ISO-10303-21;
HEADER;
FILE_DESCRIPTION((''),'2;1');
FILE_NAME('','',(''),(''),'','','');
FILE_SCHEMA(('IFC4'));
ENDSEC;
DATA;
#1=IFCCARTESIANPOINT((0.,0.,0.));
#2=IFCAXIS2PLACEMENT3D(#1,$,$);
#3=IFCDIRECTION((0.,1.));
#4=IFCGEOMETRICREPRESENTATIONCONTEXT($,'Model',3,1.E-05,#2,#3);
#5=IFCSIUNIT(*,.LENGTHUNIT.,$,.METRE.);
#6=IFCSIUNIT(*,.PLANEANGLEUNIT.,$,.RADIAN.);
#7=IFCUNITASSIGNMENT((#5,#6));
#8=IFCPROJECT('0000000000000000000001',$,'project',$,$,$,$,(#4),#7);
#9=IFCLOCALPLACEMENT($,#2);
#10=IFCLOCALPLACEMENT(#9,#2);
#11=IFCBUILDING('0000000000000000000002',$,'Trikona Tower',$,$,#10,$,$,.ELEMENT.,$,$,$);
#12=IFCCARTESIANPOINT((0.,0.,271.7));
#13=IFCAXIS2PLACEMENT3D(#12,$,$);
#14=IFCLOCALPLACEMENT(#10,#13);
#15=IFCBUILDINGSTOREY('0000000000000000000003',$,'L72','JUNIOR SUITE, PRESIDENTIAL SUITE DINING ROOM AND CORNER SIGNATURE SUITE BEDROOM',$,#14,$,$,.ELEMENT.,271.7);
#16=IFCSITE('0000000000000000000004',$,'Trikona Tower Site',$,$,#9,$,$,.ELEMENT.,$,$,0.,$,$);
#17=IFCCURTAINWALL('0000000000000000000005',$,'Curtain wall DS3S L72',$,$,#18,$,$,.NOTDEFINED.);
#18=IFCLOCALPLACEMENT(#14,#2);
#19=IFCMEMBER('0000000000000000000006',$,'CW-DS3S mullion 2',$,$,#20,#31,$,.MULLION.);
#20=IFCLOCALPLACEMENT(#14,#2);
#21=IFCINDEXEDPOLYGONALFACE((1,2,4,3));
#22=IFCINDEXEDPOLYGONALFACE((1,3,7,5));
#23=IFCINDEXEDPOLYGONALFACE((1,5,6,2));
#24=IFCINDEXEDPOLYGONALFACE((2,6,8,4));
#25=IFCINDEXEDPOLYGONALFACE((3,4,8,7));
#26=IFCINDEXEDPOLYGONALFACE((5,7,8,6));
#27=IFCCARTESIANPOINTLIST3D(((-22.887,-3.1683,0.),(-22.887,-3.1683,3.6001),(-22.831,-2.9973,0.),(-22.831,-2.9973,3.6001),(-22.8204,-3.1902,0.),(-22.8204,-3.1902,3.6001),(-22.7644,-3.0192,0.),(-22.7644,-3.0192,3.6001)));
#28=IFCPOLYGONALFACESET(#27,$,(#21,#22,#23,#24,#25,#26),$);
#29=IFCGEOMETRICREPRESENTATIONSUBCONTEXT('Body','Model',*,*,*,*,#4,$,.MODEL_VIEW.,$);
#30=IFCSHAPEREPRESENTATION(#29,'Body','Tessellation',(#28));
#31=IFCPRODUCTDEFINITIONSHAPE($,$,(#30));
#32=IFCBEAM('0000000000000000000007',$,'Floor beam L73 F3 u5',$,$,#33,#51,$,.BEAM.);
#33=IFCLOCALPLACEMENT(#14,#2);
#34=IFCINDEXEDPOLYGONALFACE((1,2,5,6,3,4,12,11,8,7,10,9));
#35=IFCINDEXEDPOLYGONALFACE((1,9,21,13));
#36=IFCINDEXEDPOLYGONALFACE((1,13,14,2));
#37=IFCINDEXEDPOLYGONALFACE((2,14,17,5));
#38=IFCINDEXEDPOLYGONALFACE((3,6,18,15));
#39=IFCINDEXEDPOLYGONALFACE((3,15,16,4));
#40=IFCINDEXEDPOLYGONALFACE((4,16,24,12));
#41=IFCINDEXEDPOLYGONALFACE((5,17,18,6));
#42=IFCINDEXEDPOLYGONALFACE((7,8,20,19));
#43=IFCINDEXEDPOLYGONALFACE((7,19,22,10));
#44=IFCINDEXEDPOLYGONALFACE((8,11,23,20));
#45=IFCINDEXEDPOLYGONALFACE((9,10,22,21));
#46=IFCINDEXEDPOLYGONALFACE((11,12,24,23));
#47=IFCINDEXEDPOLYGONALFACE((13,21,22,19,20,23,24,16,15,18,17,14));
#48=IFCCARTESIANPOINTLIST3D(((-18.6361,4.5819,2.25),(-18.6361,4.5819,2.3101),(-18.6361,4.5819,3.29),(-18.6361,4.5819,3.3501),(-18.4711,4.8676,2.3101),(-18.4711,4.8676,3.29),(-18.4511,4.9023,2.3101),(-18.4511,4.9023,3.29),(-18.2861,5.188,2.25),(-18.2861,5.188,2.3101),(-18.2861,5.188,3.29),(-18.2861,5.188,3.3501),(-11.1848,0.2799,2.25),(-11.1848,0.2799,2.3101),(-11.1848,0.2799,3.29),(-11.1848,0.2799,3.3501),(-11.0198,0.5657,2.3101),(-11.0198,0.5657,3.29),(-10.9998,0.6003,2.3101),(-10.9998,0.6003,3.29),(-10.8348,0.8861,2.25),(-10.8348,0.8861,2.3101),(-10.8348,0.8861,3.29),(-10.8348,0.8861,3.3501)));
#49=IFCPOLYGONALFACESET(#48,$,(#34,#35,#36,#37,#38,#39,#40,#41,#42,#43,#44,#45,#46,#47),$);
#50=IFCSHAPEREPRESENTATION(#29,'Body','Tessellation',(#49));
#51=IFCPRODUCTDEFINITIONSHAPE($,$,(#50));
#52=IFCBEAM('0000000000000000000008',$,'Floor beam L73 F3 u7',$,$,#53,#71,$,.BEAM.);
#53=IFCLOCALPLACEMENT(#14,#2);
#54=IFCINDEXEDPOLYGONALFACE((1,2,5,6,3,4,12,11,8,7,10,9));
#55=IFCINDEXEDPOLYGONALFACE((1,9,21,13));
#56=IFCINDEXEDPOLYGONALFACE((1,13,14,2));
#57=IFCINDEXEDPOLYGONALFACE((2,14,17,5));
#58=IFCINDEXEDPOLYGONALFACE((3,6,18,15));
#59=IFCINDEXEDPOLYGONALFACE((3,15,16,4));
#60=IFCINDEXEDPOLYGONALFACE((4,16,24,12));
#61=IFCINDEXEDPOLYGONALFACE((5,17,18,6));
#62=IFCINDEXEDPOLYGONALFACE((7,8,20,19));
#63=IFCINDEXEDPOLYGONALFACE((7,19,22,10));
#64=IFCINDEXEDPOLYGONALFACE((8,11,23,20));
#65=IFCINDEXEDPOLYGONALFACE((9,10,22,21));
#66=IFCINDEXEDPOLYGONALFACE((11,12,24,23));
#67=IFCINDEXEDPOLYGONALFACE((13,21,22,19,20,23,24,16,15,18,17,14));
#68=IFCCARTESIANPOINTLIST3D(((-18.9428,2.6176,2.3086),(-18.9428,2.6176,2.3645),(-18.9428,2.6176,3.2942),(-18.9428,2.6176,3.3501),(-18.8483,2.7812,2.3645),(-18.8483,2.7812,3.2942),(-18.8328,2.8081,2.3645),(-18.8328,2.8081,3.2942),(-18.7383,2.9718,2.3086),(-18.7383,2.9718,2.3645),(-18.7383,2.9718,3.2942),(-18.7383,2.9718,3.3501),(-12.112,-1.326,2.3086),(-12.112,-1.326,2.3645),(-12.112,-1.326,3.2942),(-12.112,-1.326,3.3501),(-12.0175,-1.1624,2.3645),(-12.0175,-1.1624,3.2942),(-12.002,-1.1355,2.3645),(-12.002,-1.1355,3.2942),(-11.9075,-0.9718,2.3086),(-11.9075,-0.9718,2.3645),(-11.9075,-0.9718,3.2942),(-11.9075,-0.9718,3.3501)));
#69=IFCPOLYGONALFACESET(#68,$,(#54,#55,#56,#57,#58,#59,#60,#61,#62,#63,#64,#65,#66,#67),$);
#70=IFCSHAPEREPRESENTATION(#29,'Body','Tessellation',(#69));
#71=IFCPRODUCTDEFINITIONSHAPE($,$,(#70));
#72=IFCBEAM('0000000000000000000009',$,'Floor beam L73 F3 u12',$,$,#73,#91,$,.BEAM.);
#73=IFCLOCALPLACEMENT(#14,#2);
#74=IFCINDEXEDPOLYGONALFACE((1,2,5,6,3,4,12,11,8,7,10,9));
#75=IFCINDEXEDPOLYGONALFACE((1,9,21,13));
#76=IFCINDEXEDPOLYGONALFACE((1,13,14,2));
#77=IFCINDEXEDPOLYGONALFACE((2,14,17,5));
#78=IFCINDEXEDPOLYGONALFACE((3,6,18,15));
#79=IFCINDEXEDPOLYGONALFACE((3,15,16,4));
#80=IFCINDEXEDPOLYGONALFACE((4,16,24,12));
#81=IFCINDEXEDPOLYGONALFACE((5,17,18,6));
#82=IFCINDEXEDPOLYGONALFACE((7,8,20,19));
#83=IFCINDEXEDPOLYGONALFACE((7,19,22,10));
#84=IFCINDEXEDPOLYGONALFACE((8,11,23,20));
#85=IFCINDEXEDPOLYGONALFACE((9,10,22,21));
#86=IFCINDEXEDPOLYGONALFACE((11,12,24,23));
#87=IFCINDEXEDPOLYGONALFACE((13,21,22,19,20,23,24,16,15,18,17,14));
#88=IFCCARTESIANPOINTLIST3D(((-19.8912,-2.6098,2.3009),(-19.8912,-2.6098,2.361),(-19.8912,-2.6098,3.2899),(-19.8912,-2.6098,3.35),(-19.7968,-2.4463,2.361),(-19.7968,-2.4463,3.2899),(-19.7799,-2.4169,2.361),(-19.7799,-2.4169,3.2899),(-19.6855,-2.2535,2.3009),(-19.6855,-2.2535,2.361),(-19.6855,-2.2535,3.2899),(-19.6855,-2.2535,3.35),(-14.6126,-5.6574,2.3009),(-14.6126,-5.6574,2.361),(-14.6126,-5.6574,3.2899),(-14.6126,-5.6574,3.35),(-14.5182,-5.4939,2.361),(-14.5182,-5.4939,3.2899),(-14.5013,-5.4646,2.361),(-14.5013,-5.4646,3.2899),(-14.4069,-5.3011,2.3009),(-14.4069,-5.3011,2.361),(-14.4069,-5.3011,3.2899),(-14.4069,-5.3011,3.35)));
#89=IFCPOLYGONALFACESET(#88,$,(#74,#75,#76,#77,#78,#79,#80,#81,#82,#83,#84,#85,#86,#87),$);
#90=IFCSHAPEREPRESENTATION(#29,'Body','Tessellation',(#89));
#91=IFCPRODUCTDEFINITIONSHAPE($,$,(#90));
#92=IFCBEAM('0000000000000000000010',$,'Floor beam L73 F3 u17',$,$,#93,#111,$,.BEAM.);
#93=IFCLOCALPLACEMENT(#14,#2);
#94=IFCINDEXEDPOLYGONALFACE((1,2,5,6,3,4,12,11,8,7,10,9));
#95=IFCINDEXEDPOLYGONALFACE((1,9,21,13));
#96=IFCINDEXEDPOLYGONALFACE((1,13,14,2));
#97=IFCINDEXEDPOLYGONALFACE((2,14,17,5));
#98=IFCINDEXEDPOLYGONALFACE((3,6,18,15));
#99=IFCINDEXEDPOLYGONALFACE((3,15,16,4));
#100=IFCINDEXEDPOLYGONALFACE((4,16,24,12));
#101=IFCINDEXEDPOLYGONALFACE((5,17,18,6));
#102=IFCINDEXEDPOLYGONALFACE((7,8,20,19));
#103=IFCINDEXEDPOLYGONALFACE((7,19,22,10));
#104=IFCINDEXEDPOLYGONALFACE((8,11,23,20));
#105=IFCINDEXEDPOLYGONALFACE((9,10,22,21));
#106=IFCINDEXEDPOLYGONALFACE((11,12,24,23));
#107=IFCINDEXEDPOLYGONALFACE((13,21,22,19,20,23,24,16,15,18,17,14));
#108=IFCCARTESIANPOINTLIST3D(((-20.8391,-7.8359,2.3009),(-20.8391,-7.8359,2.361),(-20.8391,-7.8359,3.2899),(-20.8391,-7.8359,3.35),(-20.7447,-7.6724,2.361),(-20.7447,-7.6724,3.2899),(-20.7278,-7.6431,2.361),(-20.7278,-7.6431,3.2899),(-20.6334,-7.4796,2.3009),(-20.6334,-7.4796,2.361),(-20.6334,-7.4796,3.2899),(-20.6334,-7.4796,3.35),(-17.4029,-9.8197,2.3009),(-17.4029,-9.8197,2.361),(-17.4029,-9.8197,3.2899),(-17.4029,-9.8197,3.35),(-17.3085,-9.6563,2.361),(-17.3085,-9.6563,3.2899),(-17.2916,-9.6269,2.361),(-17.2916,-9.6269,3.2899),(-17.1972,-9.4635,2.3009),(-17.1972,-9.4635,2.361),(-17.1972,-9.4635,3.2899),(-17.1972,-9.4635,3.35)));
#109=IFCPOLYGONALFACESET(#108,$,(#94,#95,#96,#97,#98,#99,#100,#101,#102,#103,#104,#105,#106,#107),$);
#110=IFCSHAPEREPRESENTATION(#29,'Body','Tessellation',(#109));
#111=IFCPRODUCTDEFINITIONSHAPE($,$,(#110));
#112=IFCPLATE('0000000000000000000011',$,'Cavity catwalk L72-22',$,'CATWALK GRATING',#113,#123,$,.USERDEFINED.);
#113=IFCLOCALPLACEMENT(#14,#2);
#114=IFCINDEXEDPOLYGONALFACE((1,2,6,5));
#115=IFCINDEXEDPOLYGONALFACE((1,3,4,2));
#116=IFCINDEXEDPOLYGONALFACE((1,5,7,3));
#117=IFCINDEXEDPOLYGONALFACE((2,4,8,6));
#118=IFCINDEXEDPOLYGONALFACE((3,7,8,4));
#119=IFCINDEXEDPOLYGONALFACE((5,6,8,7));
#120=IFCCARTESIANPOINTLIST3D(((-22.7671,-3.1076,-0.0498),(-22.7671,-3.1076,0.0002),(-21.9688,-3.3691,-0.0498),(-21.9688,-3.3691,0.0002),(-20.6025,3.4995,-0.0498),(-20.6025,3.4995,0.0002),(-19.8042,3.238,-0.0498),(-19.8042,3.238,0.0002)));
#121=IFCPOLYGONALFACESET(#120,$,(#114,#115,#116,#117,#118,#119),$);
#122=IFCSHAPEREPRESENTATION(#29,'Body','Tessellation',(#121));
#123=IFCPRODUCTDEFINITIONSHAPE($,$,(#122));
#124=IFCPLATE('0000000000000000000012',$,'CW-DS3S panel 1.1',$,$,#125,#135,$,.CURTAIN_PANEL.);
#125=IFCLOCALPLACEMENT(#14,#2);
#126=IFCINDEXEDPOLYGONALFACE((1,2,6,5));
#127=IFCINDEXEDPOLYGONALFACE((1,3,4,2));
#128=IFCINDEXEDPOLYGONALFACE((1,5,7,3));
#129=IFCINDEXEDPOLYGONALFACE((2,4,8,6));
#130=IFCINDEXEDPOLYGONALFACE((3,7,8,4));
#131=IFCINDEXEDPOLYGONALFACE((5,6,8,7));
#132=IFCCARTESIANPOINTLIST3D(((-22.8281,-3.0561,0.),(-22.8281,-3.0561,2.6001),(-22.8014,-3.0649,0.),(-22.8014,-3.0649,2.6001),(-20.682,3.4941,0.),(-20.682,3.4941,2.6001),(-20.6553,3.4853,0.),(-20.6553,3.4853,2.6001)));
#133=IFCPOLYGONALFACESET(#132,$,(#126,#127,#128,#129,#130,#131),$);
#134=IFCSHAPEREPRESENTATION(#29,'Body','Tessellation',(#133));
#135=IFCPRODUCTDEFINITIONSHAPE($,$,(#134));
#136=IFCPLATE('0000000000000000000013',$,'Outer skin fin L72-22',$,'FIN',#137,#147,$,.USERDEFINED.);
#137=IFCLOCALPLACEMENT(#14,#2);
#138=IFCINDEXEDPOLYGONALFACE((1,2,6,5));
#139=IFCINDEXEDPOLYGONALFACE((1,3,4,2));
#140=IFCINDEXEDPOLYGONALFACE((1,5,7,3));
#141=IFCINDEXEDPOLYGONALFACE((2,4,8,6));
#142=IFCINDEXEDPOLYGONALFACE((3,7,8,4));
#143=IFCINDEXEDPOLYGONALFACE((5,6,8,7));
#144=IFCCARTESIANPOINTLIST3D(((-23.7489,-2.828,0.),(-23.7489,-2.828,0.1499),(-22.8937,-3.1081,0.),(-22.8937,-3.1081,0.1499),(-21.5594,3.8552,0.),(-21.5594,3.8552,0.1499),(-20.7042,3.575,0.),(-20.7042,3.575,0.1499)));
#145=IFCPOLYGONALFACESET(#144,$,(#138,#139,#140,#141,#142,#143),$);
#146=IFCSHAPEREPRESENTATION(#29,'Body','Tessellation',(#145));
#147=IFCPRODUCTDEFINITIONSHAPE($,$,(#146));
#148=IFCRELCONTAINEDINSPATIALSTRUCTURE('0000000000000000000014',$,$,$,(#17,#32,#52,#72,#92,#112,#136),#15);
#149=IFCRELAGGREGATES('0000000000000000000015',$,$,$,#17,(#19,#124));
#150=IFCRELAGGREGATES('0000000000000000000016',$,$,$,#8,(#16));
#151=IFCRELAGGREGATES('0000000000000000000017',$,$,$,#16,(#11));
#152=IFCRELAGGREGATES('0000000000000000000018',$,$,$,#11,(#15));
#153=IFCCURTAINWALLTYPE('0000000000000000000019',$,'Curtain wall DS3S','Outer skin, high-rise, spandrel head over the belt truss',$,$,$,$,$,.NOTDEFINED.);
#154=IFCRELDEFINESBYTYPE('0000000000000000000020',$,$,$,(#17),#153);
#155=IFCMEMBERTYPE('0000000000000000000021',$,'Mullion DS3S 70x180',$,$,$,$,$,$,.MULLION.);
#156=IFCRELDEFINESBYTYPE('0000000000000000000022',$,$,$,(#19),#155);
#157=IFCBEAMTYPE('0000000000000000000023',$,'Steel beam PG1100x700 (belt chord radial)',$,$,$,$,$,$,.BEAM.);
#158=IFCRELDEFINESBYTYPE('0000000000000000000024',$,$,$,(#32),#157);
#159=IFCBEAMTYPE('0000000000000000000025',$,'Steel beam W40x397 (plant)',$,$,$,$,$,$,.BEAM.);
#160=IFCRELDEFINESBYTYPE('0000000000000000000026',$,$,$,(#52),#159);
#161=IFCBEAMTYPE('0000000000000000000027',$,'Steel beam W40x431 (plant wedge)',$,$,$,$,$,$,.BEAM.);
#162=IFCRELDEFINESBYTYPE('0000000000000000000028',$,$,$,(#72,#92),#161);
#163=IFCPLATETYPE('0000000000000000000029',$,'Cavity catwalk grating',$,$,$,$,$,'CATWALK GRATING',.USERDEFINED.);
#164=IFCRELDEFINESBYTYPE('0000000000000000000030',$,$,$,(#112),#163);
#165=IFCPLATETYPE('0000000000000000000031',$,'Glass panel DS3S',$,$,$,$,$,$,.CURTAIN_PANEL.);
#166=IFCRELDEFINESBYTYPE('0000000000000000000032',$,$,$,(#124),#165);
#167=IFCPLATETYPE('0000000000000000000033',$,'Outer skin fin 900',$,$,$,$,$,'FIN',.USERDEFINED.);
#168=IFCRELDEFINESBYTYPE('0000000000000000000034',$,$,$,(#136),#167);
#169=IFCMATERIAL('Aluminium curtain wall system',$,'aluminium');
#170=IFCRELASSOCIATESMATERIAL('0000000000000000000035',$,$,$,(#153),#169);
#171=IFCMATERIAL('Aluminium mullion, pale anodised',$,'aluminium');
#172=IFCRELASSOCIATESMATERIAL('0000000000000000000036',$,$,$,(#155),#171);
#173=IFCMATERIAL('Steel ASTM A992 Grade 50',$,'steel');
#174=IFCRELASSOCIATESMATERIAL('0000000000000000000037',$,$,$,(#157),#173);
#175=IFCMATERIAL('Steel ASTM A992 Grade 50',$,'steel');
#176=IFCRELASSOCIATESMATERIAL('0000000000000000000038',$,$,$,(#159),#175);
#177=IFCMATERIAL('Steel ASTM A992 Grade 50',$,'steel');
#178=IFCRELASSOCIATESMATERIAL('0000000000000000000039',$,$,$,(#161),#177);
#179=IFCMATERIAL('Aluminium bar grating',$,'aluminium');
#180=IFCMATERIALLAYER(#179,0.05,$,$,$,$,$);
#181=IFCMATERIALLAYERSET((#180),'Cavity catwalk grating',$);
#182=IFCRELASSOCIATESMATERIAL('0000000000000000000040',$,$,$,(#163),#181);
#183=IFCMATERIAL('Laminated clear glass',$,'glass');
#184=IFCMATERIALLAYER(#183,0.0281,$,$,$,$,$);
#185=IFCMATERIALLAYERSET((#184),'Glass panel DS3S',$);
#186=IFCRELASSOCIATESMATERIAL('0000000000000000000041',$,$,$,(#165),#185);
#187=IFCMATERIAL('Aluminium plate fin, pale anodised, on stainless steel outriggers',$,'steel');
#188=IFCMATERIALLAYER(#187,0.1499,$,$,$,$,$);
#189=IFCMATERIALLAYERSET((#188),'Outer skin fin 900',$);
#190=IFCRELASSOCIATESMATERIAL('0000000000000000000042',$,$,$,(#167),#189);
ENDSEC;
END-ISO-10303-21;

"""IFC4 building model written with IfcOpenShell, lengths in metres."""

from ifc_helpers import new_model, si_unit, direction, frame, origin, origin_2d, place, context, subcontext, project, spatial, rectangle, i_section, extrude, material, layer, layer_set, material_profile, profile_set, type_object, element, aggregate, save


model = new_model("IFC4")

# Units and contexts
model_context = context("Model", 3, precision=1e-05, world=origin(), true_north=direction((0.0, 1.0)))
body_context = subcontext(model_context, "Body", "Model", "MODEL_VIEW")
ifc_project = project(units=[si_unit("LENGTHUNIT", "METRE"), si_unit("PLANEANGLEUNIT", "RADIAN")], contexts=[model_context])

# Site, building, storey
site_placement = place(None, origin())
site = spatial("IfcSite", under=ifc_project, at=site_placement, Name="Trikona Tower Site", CompositionType="ELEMENT", RefElevation=0.0)
building_placement = place(site_placement, origin())
building = spatial("IfcBuilding", under=site, at=building_placement, Name="Trikona Tower", CompositionType="ELEMENT")
storey_placement = place(building_placement, frame((0.0, 0.0, 271.7)))
storey = spatial("IfcBuildingStorey", under=building, at=storey_placement, Name="L72", Description="JUNIOR SUITE, PRESIDENTIAL SUITE DINING ROOM AND CORNER SIGNATURE SUITE BEDROOM", CompositionType="ELEMENT", Elevation=271.7)

# Curtain wall, member
ifc_material_1 = material(Name="Aluminium curtain wall system", Category="aluminium")
curtain_wall_type = type_object("IfcCurtainWallType", Name="Curtain wall DS3S", Description="Outer skin, high-rise, spandrel head over the belt truss", PredefinedType="NOTDEFINED", material=ifc_material_1)
curtain_wall_placement = place(storey_placement, origin())
curtain_wall = element("IfcCurtainWall", 1, at=curtain_wall_placement, inside=storey, type_object=curtain_wall_type, Name="Curtain wall DS3S L72", PredefinedType="NOTDEFINED")
ifc_material_2 = material(Name="Aluminium mullion, pale anodised", Category="aluminium")
ifc_material_profile_1 = material_profile(ifc_material_2, rectangle(XDim=0.0701, YDim=0.1799, at=origin_2d()), Name="MUL-DS3S")
ifc_profile_set_1 = profile_set([ifc_material_profile_1], Name="Aluminium mullion, pale anodised")
member_type = type_object("IfcMemberType", Name="Mullion DS3S 70x180", PredefinedType="MULLION", material=ifc_profile_set_1)
member_placement = place(storey_placement, frame((-22.8257, -3.0938, 0.0), z_axis=(0.0, 0.0, 1.0), x_axis=(0.950297, -0.311344, 0.0)))
member = element("IfcMember", 2, at=member_placement, type_object=member_type, Name="CW-DS3S mullion 2", PredefinedType="MULLION", context=body_context, shape_type="SweptSolid", body=[
    extrude(rectangle(XDim=0.0701, YDim=0.1799, at=origin_2d()), origin(), (0.0, 0.0, 1.0), 3.6001),
])

# Beams
ifc_material_3 = material(Name="Steel ASTM A992 Grade 50", Category="steel")
ifc_material_profile_2 = material_profile(ifc_material_3, i_section(OverallWidth=0.7, OverallDepth=1.1001, WebThickness=0.04, FlangeThickness=0.0601, at=origin_2d()), Name="PG1100X700")
ifc_profile_set_2 = profile_set([ifc_material_profile_2], Name="Steel ASTM A992 Grade 50")
beam_type_1 = type_object("IfcBeamType", Name="Steel beam PG1100x700 (belt chord radial)", PredefinedType="BEAM", material=ifc_profile_set_2)
beam_1_placement = place(storey_placement, frame((-11.0098, 0.583, 2.8), z_axis=(-0.866029, 0.499993, 0.0), x_axis=(-0.499993, -0.866029, 0.0)))
element("IfcBeam", 3, at=beam_1_placement, inside=storey, type_object=beam_type_1, Name="Floor beam L73 F3 u5", PredefinedType="BEAM", context=body_context, shape_type="SweptSolid", body=[
    extrude(i_section(OverallWidth=0.7, OverallDepth=1.1001, WebThickness=0.04, FlangeThickness=0.0601, at=origin_2d()), origin(), (0.0, 0.0, 1.0), 8.604),
])
ifc_material_4 = material(Name="Steel ASTM A992 Grade 50", Category="steel")
ifc_material_profile_3 = material_profile(ifc_material_4, i_section(OverallWidth=0.4089, OverallDepth=1.0415, WebThickness=0.031, FlangeThickness=0.0559, at=origin_2d()), Name="W40X397")
ifc_profile_set_3 = profile_set([ifc_material_profile_3], Name="Steel ASTM A992 Grade 50")
beam_type_2 = type_object("IfcBeamType", Name="Steel beam W40x397 (plant)", PredefinedType="BEAM", material=ifc_profile_set_3)
beam_2_placement = place(storey_placement, frame((-12.0098, -1.1489, 2.8293), z_axis=(-0.866035, 0.499984, 0.0), x_axis=(-0.499984, -0.866035, 0.0)))
element("IfcBeam", 4, at=beam_2_placement, inside=storey, type_object=beam_type_2, Name="Floor beam L73 F3 u7", PredefinedType="BEAM", context=body_context, shape_type="SweptSolid", body=[
    extrude(i_section(OverallWidth=0.4089, OverallDepth=1.0415, WebThickness=0.031, FlangeThickness=0.0559, at=origin_2d()), origin(), (0.0, 0.0, 1.0), 7.8875),
])
ifc_material_5 = material(Name="Steel ASTM A992 Grade 50", Category="steel")
ifc_material_profile_4 = material_profile(ifc_material_5, i_section(OverallWidth=0.4114, OverallDepth=1.0491, WebThickness=0.0339, FlangeThickness=0.0601, at=origin_2d()), Name="W40X431")
ifc_profile_set_4 = profile_set([ifc_material_profile_4], Name="Steel ASTM A992 Grade 50")
beam_type_3 = type_object("IfcBeamType", Name="Steel beam W40x431 (plant wedge)", PredefinedType="BEAM", material=ifc_profile_set_4)
beam_3_placement = place(storey_placement, frame((-14.5098, -5.4792, 2.8254), z_axis=(-0.866023, 0.500003, 0.0), x_axis=(-0.500003, -0.866023, 0.0)))
element("IfcBeam", 5, at=beam_3_placement, inside=storey, type_object=beam_type_3, Name="Floor beam L73 F3 u12", PredefinedType="BEAM", context=body_context, shape_type="SweptSolid", body=[
    extrude(i_section(OverallWidth=0.4114, OverallDepth=1.0491, WebThickness=0.0339, FlangeThickness=0.0601, at=origin_2d()), origin(), (0.0, 0.0, 1.0), 6.0952),
])
beam_4_placement = place(storey_placement, frame((-17.3, -9.6416, 2.8254), z_axis=(-0.866031, 0.499991, 0.0), x_axis=(-0.499991, -0.866031, 0.0)))
element("IfcBeam", 6, at=beam_4_placement, inside=storey, type_object=beam_type_3, Name="Floor beam L73 F3 u17", PredefinedType="BEAM", context=body_context, shape_type="SweptSolid", body=[
    extrude(i_section(OverallWidth=0.4114, OverallDepth=1.0491, WebThickness=0.0339, FlangeThickness=0.0601, at=origin_2d()), origin(), (0.0, 0.0, 1.0), 3.9678),
])

# Plates
ifc_material_6 = material(Name="Aluminium bar grating", Category="aluminium")
ifc_layer_1 = layer(ifc_material_6, 0.05)
ifc_layer_set_1 = layer_set([ifc_layer_1], Name="Cavity catwalk grating")
plate_type_1 = type_object("IfcPlateType", Name="Cavity catwalk grating", ElementType="CATWALK GRATING", PredefinedType="USERDEFINED", material=ifc_layer_set_1)
plate_1_placement = place(storey_placement, frame((-21.2856, 0.0652, -0.0498), z_axis=(0.0, 0.0, 1.0), x_axis=(-0.311337, -0.9503, 0.0)))
element("IfcPlate", 7, at=plate_1_placement, inside=storey, type_object=plate_type_1, Name="Cavity catwalk L72-22", ObjectType="CATWALK GRATING", PredefinedType="USERDEFINED", context=body_context, shape_type="SweptSolid", body=[
    extrude(rectangle(XDim=6.9526, YDim=0.8401, at=origin_2d()), origin(), (0.0, 0.0, 1.0), 0.05),
])
ifc_material_7 = material(Name="Laminated clear glass", Category="glass")
ifc_layer_2 = layer(ifc_material_7, 0.0281)
ifc_layer_set_2 = layer_set([ifc_layer_2], Name="Glass panel DS3S")
plate_type_2 = type_object("IfcPlateType", Name="Glass panel DS3S", PredefinedType="CURTAIN_PANEL", material=ifc_layer_set_2)
plate_2_placement = place(storey_placement, frame((-21.7417, 0.2146, 0.0), z_axis=(0.0, 0.0, 1.0), x_axis=(-0.311344, -0.950297, 0.0)))
plate_2 = element("IfcPlate", 8, at=plate_2_placement, type_object=plate_type_2, Name="CW-DS3S panel 1.1", PredefinedType="CURTAIN_PANEL", context=body_context, shape_type="SweptSolid", body=[
    extrude(rectangle(XDim=6.8928, YDim=0.0281, at=origin_2d()), origin(), (0.0, 0.0, 1.0), 2.6001),
])
aggregate(curtain_wall, [member, plate_2])
ifc_material_8 = material(Name="Aluminium plate fin, pale anodised, on stainless steel outriggers", Category="steel")
ifc_layer_3 = layer(ifc_material_8, 0.1499)
ifc_layer_set_3 = layer_set([ifc_layer_3], Name="Outer skin fin 900")
plate_type_3 = type_object("IfcPlateType", Name="Outer skin fin 900", ElementType="FIN", PredefinedType="USERDEFINED", material=ifc_layer_set_3)
plate_3_placement = place(storey_placement, frame((-22.2266, 0.3735, 0.0), z_axis=(0.0, 0.0, 1.0), x_axis=(-0.311337, -0.9503, 0.0)))
element("IfcPlate", 9, at=plate_3_placement, inside=storey, type_object=plate_type_3, Name="Outer skin fin L72-22", ObjectType="FIN", PredefinedType="USERDEFINED", context=body_context, shape_type="SweptSolid", body=[
    extrude(rectangle(XDim=7.0327, YDim=0.8999, at=origin_2d()), origin(), (0.0, 0.0, 1.0), 0.1499),
])

save(model, "model.ifc")
